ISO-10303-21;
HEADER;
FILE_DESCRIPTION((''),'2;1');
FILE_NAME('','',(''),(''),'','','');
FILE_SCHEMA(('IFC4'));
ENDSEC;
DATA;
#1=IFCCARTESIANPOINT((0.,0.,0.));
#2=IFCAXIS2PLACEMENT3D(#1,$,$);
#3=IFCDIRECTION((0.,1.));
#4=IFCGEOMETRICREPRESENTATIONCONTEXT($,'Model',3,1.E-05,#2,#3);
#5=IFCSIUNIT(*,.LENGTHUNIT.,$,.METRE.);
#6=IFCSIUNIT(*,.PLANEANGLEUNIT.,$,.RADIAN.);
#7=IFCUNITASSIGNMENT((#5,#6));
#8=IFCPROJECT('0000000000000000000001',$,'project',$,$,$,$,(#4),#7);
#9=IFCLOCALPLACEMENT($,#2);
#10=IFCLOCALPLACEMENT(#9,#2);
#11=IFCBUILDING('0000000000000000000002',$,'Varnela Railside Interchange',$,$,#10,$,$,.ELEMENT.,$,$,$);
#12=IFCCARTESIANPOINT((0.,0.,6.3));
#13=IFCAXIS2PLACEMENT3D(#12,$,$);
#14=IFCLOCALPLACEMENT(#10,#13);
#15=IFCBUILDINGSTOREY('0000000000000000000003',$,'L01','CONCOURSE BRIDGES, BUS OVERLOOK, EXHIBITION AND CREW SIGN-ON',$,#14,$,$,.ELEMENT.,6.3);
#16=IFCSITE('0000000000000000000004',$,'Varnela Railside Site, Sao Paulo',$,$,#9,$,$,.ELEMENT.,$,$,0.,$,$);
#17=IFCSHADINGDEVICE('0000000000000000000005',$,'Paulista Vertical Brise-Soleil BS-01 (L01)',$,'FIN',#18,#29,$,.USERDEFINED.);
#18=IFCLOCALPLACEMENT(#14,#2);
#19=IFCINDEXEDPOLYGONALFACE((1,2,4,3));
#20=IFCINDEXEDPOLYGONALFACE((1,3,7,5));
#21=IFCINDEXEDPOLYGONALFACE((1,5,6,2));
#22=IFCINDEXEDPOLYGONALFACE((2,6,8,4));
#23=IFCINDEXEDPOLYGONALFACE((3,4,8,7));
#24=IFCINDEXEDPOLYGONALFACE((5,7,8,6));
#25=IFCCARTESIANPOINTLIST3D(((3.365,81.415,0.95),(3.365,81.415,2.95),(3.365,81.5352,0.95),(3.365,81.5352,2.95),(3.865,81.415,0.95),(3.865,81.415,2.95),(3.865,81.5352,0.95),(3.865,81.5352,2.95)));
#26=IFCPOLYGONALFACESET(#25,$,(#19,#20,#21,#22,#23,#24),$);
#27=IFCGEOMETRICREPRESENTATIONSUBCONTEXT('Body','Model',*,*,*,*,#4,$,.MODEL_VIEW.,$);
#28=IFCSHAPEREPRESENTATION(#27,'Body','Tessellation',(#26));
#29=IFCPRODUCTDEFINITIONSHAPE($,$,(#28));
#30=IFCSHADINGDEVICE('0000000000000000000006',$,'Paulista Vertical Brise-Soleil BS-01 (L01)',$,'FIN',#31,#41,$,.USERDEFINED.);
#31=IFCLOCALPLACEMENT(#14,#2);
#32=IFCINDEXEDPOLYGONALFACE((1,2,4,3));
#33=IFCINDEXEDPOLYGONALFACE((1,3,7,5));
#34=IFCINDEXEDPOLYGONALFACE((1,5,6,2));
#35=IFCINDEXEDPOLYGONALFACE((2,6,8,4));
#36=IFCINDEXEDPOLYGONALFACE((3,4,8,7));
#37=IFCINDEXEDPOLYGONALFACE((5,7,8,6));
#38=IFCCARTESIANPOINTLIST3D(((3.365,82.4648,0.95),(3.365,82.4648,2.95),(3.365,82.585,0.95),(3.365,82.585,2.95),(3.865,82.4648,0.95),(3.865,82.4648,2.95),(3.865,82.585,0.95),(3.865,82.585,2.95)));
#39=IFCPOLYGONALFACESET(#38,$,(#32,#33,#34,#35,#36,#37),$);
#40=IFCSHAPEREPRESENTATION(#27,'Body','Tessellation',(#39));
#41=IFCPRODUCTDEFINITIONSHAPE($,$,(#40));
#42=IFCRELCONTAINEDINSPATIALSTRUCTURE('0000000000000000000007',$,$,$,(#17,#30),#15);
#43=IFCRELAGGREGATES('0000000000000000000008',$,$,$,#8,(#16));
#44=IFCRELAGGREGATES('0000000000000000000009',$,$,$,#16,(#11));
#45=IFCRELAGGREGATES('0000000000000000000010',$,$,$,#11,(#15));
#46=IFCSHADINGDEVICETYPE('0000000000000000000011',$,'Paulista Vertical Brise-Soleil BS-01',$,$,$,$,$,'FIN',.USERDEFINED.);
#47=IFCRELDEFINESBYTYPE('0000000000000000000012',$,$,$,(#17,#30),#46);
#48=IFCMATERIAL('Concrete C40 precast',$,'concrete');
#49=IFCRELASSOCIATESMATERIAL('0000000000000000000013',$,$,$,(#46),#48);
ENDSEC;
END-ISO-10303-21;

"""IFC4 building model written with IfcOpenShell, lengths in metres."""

from ifc_helpers import new_model, si_unit, direction, frame, origin, origin_2d, place, context, subcontext, project, spatial, rectangle, extrude, material, type_object, element, save


model = new_model("IFC4")

# Units and contexts
model_context = context("Model", 3, precision=1e-05, world=origin(), true_north=direction((0.0, 1.0)))
body_context = subcontext(model_context, "Body", "Model", "MODEL_VIEW")
ifc_project = project(units=[si_unit("LENGTHUNIT", "METRE"), si_unit("PLANEANGLEUNIT", "RADIAN")], contexts=[model_context])

# Site, building, storey
site_placement = place(None, origin())
site = spatial("IfcSite", under=ifc_project, at=site_placement, Name="Varnela Railside Site, Sao Paulo", CompositionType="ELEMENT", RefElevation=0.0)
building_placement = place(site_placement, origin())
building = spatial("IfcBuilding", under=site, at=building_placement, Name="Varnela Railside Interchange", CompositionType="ELEMENT")
storey_placement = place(building_placement, frame((0.0, 0.0, 6.3)))
storey = spatial("IfcBuildingStorey", under=building, at=storey_placement, Name="L01", Description="CONCOURSE BRIDGES, BUS OVERLOOK, EXHIBITION AND CREW SIGN-ON", CompositionType="ELEMENT", Elevation=6.3)

# Shared definitions
ifc_material_1 = material(Name="Concrete C40 precast", Category="concrete")

# Shading devices
shading_device_type = type_object("IfcShadingDeviceType", Name="Paulista Vertical Brise-Soleil BS-01", ElementType="FIN", PredefinedType="USERDEFINED", material=ifc_material_1)
for number, where, z_axis, x_axis, name in (
    (1, (3.615, 81.4751, 0.95), (0.0, 0.0, 1.0), (-1.0, 0.0, 0.0), "Paulista Vertical Brise-Soleil BS-01 (L01)"),
    (2, (3.615, 82.5249, 0.95), (0.0, 0.0, 1.0), (-1.0, 0.0, 0.0), "Paulista Vertical Brise-Soleil BS-01 (L01)"),
):
    element("IfcShadingDevice", number, at=place(storey_placement, frame(where, z_axis=z_axis, x_axis=x_axis)), inside=storey, type_object=shading_device_type, Name=name, ObjectType="FIN", PredefinedType="USERDEFINED", context=body_context, shape_type="SweptSolid", body=[
        extrude(rectangle(XDim=0.5, YDim=0.1201, at=origin_2d()), origin(), (0.0, 0.0, 1.0), 2.0),
    ])

save(model, "model.ifc")
